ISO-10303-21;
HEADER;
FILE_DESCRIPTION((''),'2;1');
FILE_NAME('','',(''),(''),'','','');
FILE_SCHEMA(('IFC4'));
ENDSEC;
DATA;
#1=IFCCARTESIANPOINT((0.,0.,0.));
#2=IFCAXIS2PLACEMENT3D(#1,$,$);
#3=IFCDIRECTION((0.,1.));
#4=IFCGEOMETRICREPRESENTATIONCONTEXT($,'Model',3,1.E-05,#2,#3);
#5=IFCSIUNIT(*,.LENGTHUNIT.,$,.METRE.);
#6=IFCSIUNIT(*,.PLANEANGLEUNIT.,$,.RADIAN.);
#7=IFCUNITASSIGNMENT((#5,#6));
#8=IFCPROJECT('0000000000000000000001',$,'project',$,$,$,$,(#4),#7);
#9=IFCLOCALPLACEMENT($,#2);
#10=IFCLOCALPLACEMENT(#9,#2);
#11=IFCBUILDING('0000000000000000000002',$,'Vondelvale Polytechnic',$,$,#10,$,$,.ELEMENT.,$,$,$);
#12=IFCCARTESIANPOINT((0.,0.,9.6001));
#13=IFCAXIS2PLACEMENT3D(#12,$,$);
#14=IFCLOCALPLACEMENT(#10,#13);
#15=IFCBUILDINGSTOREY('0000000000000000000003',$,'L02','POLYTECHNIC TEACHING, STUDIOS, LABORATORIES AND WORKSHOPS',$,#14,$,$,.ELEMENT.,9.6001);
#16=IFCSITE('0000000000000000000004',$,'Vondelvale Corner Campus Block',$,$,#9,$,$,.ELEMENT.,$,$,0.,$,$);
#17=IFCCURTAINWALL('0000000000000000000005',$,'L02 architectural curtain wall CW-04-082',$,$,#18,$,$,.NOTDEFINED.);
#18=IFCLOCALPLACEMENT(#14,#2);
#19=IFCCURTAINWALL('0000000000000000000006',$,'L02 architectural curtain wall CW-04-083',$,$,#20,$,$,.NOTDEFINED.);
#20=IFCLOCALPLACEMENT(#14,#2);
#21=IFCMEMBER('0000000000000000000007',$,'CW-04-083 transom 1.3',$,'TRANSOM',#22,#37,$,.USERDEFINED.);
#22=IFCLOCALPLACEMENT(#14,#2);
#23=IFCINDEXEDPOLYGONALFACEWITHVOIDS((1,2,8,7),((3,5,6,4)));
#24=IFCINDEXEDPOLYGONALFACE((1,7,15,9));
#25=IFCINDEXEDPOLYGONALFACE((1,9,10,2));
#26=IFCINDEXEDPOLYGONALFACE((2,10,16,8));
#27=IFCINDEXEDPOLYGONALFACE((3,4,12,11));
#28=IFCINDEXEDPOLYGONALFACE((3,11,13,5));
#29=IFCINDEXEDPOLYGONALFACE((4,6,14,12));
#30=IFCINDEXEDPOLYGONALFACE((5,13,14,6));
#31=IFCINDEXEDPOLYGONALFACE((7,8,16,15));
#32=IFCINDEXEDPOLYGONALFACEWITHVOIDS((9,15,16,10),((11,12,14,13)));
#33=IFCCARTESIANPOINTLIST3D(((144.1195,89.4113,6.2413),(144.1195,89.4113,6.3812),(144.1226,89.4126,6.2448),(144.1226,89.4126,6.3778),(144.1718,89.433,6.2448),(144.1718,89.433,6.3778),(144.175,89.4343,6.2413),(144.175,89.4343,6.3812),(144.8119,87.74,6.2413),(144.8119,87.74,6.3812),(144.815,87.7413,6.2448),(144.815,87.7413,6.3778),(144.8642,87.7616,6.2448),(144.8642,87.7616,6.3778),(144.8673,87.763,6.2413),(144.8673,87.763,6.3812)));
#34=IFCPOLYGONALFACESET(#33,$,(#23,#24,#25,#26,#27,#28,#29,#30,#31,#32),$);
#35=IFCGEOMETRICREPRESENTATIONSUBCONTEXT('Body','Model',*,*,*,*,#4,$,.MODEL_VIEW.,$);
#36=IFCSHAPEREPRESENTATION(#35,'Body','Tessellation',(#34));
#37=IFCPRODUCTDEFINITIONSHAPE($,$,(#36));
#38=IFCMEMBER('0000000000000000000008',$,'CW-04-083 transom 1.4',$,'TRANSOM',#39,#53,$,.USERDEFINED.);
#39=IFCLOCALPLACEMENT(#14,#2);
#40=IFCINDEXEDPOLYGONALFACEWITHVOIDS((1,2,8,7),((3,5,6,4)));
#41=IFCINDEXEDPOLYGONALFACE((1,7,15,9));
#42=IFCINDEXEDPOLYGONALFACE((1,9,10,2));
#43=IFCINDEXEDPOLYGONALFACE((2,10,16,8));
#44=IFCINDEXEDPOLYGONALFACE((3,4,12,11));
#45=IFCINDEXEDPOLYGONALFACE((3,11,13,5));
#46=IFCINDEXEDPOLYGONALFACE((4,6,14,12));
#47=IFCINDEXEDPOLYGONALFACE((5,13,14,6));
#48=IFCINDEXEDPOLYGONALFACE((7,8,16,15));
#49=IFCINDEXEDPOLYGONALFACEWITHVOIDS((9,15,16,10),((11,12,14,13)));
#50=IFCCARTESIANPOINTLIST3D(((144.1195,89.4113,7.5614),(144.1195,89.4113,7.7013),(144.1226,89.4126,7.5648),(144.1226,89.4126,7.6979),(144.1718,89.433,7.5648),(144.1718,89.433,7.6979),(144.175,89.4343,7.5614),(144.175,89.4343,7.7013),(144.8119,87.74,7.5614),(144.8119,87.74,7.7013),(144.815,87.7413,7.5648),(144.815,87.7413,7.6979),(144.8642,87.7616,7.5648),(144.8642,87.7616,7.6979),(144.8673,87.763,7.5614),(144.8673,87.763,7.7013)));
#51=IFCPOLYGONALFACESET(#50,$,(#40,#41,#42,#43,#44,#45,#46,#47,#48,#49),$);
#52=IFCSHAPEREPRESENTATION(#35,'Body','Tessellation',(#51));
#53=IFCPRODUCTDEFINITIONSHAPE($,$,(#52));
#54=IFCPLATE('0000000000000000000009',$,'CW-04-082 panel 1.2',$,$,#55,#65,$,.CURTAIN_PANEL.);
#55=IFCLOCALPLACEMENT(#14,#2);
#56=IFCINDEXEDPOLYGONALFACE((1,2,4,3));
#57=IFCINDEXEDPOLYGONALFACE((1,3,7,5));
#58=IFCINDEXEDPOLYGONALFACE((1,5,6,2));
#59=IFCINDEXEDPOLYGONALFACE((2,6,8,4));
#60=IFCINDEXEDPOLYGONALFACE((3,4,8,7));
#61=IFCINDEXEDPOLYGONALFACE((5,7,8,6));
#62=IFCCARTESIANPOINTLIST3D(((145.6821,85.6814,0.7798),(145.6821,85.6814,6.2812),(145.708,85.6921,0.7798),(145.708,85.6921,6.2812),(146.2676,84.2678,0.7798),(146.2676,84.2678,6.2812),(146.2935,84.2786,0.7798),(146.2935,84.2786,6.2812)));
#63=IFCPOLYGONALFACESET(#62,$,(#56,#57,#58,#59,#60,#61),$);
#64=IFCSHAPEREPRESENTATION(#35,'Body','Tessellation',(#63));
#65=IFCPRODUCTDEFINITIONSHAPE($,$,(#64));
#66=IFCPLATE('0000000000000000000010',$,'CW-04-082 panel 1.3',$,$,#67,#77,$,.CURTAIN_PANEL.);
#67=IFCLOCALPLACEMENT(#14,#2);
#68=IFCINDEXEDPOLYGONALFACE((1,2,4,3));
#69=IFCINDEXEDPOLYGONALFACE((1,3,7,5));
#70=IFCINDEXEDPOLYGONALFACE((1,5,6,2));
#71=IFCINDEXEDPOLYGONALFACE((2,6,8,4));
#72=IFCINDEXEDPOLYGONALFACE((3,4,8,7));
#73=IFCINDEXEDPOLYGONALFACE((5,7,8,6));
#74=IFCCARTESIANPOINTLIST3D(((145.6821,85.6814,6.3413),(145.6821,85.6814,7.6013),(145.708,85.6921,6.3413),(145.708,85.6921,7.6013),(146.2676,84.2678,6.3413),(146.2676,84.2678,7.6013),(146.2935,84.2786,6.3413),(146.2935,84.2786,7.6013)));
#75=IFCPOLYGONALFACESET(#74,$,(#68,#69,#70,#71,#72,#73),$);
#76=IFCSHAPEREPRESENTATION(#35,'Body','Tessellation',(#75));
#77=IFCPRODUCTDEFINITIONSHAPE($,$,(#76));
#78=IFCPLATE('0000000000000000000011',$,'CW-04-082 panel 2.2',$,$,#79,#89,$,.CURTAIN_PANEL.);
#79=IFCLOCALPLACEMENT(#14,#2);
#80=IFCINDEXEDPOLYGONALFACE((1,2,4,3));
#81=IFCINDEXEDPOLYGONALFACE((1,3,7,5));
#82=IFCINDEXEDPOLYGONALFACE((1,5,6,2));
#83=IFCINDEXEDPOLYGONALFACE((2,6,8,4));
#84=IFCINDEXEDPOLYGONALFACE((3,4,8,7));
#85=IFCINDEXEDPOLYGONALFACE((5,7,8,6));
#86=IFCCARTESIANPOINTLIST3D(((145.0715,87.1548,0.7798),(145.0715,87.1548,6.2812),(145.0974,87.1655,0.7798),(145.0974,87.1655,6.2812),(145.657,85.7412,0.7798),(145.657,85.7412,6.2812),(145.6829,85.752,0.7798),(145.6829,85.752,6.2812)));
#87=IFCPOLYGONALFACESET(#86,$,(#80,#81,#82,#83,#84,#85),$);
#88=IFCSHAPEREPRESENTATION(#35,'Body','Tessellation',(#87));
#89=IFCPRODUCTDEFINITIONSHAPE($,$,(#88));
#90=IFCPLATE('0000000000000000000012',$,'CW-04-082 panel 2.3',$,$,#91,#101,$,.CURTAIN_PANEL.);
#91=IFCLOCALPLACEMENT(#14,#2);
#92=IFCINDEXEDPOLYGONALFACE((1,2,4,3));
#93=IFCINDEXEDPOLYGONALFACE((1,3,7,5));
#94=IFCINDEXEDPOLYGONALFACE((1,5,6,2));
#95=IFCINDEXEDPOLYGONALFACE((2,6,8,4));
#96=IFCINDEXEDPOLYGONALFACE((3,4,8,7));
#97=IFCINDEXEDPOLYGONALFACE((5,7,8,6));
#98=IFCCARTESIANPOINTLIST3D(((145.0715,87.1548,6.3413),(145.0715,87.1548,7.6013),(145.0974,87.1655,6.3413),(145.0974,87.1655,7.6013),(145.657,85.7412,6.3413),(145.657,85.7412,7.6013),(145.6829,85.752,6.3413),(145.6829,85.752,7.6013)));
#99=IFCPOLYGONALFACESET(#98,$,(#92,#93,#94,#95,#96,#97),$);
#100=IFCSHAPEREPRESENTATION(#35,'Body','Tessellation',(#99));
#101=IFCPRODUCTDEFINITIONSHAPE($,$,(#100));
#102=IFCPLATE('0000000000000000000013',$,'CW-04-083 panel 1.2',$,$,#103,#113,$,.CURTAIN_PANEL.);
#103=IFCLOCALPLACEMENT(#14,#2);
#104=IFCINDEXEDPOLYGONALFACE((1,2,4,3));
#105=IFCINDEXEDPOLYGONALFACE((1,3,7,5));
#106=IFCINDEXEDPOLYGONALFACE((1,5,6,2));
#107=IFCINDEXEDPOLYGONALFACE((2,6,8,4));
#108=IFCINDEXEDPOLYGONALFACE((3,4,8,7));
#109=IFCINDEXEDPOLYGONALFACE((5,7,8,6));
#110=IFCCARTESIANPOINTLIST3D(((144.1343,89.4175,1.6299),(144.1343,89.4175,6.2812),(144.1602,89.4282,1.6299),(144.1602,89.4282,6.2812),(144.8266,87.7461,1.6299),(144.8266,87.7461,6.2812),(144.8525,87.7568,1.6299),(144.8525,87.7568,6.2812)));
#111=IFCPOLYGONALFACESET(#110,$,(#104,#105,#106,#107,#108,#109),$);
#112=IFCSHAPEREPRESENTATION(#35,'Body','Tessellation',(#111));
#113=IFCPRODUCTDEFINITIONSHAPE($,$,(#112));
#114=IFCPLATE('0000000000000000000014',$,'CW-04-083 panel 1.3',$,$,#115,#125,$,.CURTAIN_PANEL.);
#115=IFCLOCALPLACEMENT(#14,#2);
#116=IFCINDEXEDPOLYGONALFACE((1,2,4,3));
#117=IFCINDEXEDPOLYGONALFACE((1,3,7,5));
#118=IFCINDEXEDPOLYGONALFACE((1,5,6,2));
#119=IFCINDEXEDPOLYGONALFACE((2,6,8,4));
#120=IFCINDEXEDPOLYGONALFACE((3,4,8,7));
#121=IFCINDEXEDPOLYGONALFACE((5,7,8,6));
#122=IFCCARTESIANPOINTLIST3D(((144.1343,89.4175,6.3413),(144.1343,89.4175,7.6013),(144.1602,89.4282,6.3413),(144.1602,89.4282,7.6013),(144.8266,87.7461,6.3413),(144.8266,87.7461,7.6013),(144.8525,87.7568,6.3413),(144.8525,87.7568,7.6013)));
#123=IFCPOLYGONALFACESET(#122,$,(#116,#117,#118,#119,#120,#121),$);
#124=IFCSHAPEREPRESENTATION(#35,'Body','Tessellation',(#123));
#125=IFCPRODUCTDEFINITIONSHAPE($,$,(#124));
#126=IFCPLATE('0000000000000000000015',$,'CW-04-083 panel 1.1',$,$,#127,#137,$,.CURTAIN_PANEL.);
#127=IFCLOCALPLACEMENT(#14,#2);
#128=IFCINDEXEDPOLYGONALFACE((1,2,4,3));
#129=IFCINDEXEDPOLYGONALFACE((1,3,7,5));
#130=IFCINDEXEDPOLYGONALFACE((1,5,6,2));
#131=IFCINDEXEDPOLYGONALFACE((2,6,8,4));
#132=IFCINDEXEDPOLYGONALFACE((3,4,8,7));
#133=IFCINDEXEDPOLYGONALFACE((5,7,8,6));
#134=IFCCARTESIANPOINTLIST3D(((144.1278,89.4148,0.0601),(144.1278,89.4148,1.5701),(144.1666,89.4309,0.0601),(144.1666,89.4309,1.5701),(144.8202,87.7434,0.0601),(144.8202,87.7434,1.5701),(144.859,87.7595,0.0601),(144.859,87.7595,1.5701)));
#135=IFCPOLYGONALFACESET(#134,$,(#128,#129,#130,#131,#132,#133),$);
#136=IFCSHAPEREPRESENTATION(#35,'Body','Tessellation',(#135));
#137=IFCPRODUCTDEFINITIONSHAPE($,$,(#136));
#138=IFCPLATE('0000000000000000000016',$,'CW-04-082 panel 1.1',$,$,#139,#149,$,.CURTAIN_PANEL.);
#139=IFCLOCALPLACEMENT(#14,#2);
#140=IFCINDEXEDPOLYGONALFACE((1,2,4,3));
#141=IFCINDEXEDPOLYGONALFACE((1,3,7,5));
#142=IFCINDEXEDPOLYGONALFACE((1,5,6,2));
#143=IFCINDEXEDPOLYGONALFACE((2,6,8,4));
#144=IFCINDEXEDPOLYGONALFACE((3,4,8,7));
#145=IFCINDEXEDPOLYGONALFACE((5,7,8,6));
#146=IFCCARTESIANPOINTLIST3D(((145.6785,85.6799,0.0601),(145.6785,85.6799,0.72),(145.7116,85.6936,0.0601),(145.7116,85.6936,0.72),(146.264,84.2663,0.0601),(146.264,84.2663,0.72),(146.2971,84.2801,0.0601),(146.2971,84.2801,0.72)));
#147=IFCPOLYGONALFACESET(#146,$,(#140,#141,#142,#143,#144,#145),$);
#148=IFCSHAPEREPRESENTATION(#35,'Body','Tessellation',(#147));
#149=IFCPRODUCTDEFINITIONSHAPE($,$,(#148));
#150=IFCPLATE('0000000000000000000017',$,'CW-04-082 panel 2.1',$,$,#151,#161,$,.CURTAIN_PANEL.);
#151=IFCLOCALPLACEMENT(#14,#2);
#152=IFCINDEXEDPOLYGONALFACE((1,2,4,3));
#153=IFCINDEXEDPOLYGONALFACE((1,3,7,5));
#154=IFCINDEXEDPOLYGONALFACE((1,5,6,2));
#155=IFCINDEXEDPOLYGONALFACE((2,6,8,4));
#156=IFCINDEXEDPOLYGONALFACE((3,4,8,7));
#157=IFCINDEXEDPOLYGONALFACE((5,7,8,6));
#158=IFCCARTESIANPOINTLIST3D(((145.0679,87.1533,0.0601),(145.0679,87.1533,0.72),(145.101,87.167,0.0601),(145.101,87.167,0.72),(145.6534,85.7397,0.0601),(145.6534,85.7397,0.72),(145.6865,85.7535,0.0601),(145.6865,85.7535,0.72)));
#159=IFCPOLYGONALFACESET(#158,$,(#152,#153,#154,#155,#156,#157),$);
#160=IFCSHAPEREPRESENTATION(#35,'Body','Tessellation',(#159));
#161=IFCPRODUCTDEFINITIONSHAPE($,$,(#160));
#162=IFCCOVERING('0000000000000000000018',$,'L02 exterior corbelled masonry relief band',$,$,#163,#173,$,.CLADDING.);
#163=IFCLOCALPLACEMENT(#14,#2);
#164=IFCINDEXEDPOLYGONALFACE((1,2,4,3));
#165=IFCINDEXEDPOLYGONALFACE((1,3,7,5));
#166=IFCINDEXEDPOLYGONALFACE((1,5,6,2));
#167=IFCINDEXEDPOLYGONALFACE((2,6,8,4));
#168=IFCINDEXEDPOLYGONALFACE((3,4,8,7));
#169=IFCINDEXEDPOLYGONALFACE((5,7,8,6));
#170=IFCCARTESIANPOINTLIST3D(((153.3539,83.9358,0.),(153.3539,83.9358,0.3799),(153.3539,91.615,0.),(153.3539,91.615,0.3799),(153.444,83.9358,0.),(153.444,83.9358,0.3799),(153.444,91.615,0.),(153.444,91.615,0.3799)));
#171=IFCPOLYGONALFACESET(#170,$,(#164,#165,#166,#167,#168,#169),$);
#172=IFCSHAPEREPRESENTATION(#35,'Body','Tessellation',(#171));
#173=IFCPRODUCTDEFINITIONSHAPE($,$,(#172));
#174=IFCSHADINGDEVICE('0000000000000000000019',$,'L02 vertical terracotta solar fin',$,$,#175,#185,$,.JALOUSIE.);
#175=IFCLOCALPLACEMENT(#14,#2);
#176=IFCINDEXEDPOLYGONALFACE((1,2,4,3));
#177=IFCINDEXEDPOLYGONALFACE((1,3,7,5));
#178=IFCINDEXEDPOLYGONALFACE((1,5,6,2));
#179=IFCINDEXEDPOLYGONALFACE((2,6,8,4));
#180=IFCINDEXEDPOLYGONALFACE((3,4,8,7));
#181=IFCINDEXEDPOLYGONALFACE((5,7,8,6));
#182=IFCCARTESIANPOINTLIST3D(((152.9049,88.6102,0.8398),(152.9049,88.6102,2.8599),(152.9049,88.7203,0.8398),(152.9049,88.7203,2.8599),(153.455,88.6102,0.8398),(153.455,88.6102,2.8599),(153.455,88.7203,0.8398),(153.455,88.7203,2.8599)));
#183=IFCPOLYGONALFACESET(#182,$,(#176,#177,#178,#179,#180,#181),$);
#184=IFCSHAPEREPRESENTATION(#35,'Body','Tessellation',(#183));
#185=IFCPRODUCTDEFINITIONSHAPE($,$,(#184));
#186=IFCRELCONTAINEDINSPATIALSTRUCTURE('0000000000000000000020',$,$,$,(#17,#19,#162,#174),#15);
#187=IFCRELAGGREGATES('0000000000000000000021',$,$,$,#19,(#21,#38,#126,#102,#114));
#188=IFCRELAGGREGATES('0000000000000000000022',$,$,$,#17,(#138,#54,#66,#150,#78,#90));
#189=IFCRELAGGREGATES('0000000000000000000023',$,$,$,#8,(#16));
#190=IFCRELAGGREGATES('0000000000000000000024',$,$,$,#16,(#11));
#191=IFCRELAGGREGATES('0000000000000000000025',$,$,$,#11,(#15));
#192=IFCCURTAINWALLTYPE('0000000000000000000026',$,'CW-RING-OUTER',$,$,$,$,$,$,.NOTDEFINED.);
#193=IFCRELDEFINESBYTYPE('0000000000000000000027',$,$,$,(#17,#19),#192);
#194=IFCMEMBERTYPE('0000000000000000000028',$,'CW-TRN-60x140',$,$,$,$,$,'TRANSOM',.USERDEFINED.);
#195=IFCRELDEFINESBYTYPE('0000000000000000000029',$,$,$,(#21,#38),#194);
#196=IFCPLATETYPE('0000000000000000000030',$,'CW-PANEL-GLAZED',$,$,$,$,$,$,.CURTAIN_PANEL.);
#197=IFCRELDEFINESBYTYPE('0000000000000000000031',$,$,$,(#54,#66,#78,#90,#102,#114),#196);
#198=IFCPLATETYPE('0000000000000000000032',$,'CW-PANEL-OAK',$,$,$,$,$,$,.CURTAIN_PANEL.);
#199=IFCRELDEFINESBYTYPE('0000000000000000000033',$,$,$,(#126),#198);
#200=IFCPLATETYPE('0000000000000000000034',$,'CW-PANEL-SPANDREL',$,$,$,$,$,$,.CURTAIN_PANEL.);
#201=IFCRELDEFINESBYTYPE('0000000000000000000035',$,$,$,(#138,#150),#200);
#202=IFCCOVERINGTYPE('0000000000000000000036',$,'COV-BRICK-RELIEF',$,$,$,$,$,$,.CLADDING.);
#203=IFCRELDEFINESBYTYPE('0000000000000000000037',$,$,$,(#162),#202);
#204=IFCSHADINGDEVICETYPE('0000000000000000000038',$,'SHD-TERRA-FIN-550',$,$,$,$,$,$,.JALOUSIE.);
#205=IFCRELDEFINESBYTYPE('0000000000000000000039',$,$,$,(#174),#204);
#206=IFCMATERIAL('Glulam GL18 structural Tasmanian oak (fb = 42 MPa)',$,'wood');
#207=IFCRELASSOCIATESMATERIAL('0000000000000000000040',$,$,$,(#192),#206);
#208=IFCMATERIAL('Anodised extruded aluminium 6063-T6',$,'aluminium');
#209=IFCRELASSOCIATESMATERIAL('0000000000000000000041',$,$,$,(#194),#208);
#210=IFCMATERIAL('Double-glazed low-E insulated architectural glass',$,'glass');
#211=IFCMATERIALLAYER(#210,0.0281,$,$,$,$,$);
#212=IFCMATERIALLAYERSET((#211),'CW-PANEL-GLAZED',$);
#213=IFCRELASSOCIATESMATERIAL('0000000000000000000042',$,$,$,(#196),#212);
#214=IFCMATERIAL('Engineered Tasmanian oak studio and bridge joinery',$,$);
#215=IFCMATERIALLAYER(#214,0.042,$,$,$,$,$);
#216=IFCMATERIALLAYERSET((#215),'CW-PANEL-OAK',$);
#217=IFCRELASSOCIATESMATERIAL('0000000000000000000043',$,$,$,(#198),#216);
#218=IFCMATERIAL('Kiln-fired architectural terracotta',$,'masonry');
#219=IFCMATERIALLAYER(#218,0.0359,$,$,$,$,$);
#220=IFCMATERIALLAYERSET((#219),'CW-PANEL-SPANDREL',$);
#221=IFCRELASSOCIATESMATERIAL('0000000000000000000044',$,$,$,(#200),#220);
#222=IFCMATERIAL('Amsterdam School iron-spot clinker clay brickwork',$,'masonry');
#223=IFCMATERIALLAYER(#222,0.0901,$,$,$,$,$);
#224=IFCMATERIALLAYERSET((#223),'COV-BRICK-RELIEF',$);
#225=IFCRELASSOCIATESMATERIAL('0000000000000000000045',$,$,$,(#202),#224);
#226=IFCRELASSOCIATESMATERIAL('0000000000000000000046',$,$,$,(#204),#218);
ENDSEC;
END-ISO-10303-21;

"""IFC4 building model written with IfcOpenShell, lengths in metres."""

from ifc_helpers import new_model, si_unit, direction, frame, origin, origin_2d, place, context, subcontext, project, spatial, rectangle, hollow_rectangle, extrude, material, layer, layer_set, material_profile, profile_set, type_object, element, aggregate, save


model = new_model("IFC4")

# Units and contexts
model_context = context("Model", 3, precision=1e-05, world=origin(), true_north=direction((0.0, 1.0)))
body_context = subcontext(model_context, "Body", "Model", "MODEL_VIEW")
ifc_project = project(units=[si_unit("LENGTHUNIT", "METRE"), si_unit("PLANEANGLEUNIT", "RADIAN")], contexts=[model_context])

# Site, building, storey
site_placement = place(None, origin())
site = spatial("IfcSite", under=ifc_project, at=site_placement, Name="Vondelvale Corner Campus Block", CompositionType="ELEMENT", RefElevation=0.0)
building_placement = place(site_placement, origin())
building = spatial("IfcBuilding", under=site, at=building_placement, Name="Vondelvale Polytechnic", CompositionType="ELEMENT")
storey_placement = place(building_placement, frame((0.0, 0.0, 9.6001)))
storey = spatial("IfcBuildingStorey", under=building, at=storey_placement, Name="L02", Description="POLYTECHNIC TEACHING, STUDIOS, LABORATORIES AND WORKSHOPS", CompositionType="ELEMENT", Elevation=9.6001)

# Shared definitions
ifc_material_1 = material(Name="Glulam GL18 structural Tasmanian oak (fb = 42 MPa)", Category="wood")

# Curtain wall
curtain_wall_type = type_object("IfcCurtainWallType", Name="CW-RING-OUTER", PredefinedType="NOTDEFINED", material=ifc_material_1)
curtain_wall_1_placement = place(storey_placement, origin())
curtain_wall_1 = element("IfcCurtainWall", 1, at=curtain_wall_1_placement, inside=storey, type_object=curtain_wall_type, Name="L02 architectural curtain wall CW-04-082", PredefinedType="NOTDEFINED")
ifc_material_2 = material(Name="Anodised extruded aluminium 6063-T6", Category="aluminium")

# Curtain wall
curtain_wall_2_placement = place(storey_placement, origin())
curtain_wall_2 = element("IfcCurtainWall", 2, at=curtain_wall_2_placement, inside=storey, type_object=curtain_wall_type, Name="L02 architectural curtain wall CW-04-083", PredefinedType="NOTDEFINED")

# Members
ifc_material_profile_1 = material_profile(ifc_material_2, hollow_rectangle(XDim=0.0601, YDim=0.1399, WallThickness=0.0034, at=origin_2d()), Name="CW-TRN-140x60")
ifc_profile_set_1 = profile_set([ifc_material_profile_1], Name="Anodised extruded aluminium 6063-T6")
member_type_1 = type_object("IfcMemberType", Name="CW-TRN-60x140", ElementType="TRANSOM", PredefinedType="USERDEFINED", material=ifc_profile_set_1)
member_1_placement = place(storey_placement, frame((144.8396, 87.7515, 6.3113), z_axis=(-0.382717, 0.923866, 0.0), x_axis=(-0.923866, -0.382717, 0.0)))
member_1 = element("IfcMember", 3, at=member_1_placement, type_object=member_type_1, Name="CW-04-083 transom 1.3", ObjectType="TRANSOM", PredefinedType="USERDEFINED", context=body_context, shape_type="SweptSolid", body=[
    extrude(hollow_rectangle(XDim=0.0601, YDim=0.1399, WallThickness=0.0034, at=origin_2d()), origin(), (0.0, 0.0, 1.0), 1.8091),
])
member_2_placement = place(storey_placement, frame((144.8396, 87.7515, 7.6313), z_axis=(-0.382717, 0.923866, 0.0), x_axis=(-0.923866, -0.382717, 0.0)))
member_2 = element("IfcMember", 4, at=member_2_placement, type_object=member_type_1, Name="CW-04-083 transom 1.4", ObjectType="TRANSOM", PredefinedType="USERDEFINED", context=body_context, shape_type="SweptSolid", body=[
    extrude(hollow_rectangle(XDim=0.0601, YDim=0.1399, WallThickness=0.0034, at=origin_2d()), origin(), (0.0, 0.0, 1.0), 1.8091),
])

# Plates
ifc_material_3 = material(Name="Double-glazed low-E insulated architectural glass", Category="glass")
ifc_layer_1 = layer(ifc_material_3, 0.0281)
ifc_layer_set_1 = layer_set([ifc_layer_1], Name="CW-PANEL-GLAZED")
plate_type_1 = type_object("IfcPlateType", Name="CW-PANEL-GLAZED", PredefinedType="CURTAIN_PANEL", material=ifc_layer_set_1)
plate_1_placement = place(storey_placement, frame((145.9878, 84.98, 0.7798), z_axis=(0.0, 0.0, 1.0), x_axis=(-0.382677, 0.923882, 0.0)))
plate_1 = element("IfcPlate", 5, at=plate_1_placement, type_object=plate_type_1, Name="CW-04-082 panel 1.2", PredefinedType="CURTAIN_PANEL", context=body_context, shape_type="SweptSolid", body=[
    extrude(rectangle(XDim=1.53, YDim=0.0281, at=origin_2d()), origin(), (0.0, 0.0, 1.0), 5.5015),
])
plate_2_placement = place(storey_placement, frame((145.9878, 84.98, 6.3413), z_axis=(0.0, 0.0, 1.0), x_axis=(-0.382677, 0.923882, 0.0)))
plate_2 = element("IfcPlate", 6, at=plate_2_placement, type_object=plate_type_1, Name="CW-04-082 panel 1.3", PredefinedType="CURTAIN_PANEL", context=body_context, shape_type="SweptSolid", body=[
    extrude(rectangle(XDim=1.53, YDim=0.0281, at=origin_2d()), origin(), (0.0, 0.0, 1.0), 1.26),
])
plate_3_placement = place(storey_placement, frame((145.3772, 86.4534, 0.7798), z_axis=(0.0, 0.0, 1.0), x_axis=(-0.382677, 0.923882, 0.0)))
plate_3 = element("IfcPlate", 7, at=plate_3_placement, type_object=plate_type_1, Name="CW-04-082 panel 2.2", PredefinedType="CURTAIN_PANEL", context=body_context, shape_type="SweptSolid", body=[
    extrude(rectangle(XDim=1.53, YDim=0.0281, at=origin_2d()), origin(), (0.0, 0.0, 1.0), 5.5015),
])
plate_4_placement = place(storey_placement, frame((145.3772, 86.4534, 6.3413), z_axis=(0.0, 0.0, 1.0), x_axis=(-0.382677, 0.923882, 0.0)))
plate_4 = element("IfcPlate", 8, at=plate_4_placement, type_object=plate_type_1, Name="CW-04-082 panel 2.3", PredefinedType="CURTAIN_PANEL", context=body_context, shape_type="SweptSolid", body=[
    extrude(rectangle(XDim=1.53, YDim=0.0281, at=origin_2d()), origin(), (0.0, 0.0, 1.0), 1.26),
])
plate_5_placement = place(storey_placement, frame((144.4934, 88.5872, 1.6299), z_axis=(0.0, 0.0, 1.0), x_axis=(-0.382695, 0.923875, 0.0)))
plate_5 = element("IfcPlate", 9, at=plate_5_placement, type_object=plate_type_1, Name="CW-04-083 panel 1.2", PredefinedType="CURTAIN_PANEL", context=body_context, shape_type="SweptSolid", body=[
    extrude(rectangle(XDim=1.8091, YDim=0.0281, at=origin_2d()), origin(), (0.0, 0.0, 1.0), 4.6514),
])
plate_6_placement = place(storey_placement, frame((144.4934, 88.5872, 6.3413), z_axis=(0.0, 0.0, 1.0), x_axis=(-0.382695, 0.923875, 0.0)))
plate_6 = element("IfcPlate", 10, at=plate_6_placement, type_object=plate_type_1, Name="CW-04-083 panel 1.3", PredefinedType="CURTAIN_PANEL", context=body_context, shape_type="SweptSolid", body=[
    extrude(rectangle(XDim=1.8091, YDim=0.0281, at=origin_2d()), origin(), (0.0, 0.0, 1.0), 1.26),
])
ifc_material_4 = material(Name="Engineered Tasmanian oak studio and bridge joinery")
ifc_layer_2 = layer(ifc_material_4, 0.042)
ifc_layer_set_2 = layer_set([ifc_layer_2], Name="CW-PANEL-OAK")
plate_type_2 = type_object("IfcPlateType", Name="CW-PANEL-OAK", PredefinedType="CURTAIN_PANEL", material=ifc_layer_set_2)
plate_7_placement = place(storey_placement, frame((144.4934, 88.5872, 0.0601), z_axis=(0.0, 0.0, 1.0), x_axis=(-0.382695, 0.923875, 0.0)))
plate_7 = element("IfcPlate", 11, at=plate_7_placement, type_object=plate_type_2, Name="CW-04-083 panel 1.1", PredefinedType="CURTAIN_PANEL", context=body_context, shape_type="SweptSolid", body=[
    extrude(rectangle(XDim=1.8091, YDim=0.042, at=origin_2d()), origin(), (0.0, 0.0, 1.0), 1.51),
])
aggregate(curtain_wall_2, [member_1, member_2, plate_7, plate_5, plate_6])
ifc_material_5 = material(Name="Kiln-fired architectural terracotta", Category="masonry")
ifc_layer_3 = layer(ifc_material_5, 0.0359)
ifc_layer_set_3 = layer_set([ifc_layer_3], Name="CW-PANEL-SPANDREL")
plate_type_3 = type_object("IfcPlateType", Name="CW-PANEL-SPANDREL", PredefinedType="CURTAIN_PANEL", material=ifc_layer_set_3)
plate_8_placement = place(storey_placement, frame((145.9878, 84.98, 0.0601), z_axis=(0.0, 0.0, 1.0), x_axis=(-0.382677, 0.923882, 0.0)))
plate_8 = element("IfcPlate", 12, at=plate_8_placement, type_object=plate_type_3, Name="CW-04-082 panel 1.1", PredefinedType="CURTAIN_PANEL", context=body_context, shape_type="SweptSolid", body=[
    extrude(rectangle(XDim=1.53, YDim=0.0359, at=origin_2d()), origin(), (0.0, 0.0, 1.0), 0.6599),
])
plate_9_placement = place(storey_placement, frame((145.3772, 86.4534, 0.0601), z_axis=(0.0, 0.0, 1.0), x_axis=(-0.382677, 0.923882, 0.0)))
plate_9 = element("IfcPlate", 13, at=plate_9_placement, type_object=plate_type_3, Name="CW-04-082 panel 2.1", PredefinedType="CURTAIN_PANEL", context=body_context, shape_type="SweptSolid", body=[
    extrude(rectangle(XDim=1.53, YDim=0.0359, at=origin_2d()), origin(), (0.0, 0.0, 1.0), 0.6599),
])
aggregate(curtain_wall_1, [plate_8, plate_1, plate_2, plate_9, plate_3, plate_4])

# Covering
ifc_material_6 = material(Name="Amsterdam School iron-spot clinker clay brickwork", Category="masonry")
ifc_layer_4 = layer(ifc_material_6, 0.0901)
ifc_layer_set_4 = layer_set([ifc_layer_4], Name="COV-BRICK-RELIEF")
covering_type = type_object("IfcCoveringType", Name="COV-BRICK-RELIEF", PredefinedType="CLADDING", material=ifc_layer_set_4)
covering_placement = place(storey_placement, frame((153.3989, 87.7754, 0.0), z_axis=(0.0, 0.0, 1.0), x_axis=(0.0, 1.0, 0.0)))
element("IfcCovering", 14, at=covering_placement, inside=storey, type_object=covering_type, Name="L02 exterior corbelled masonry relief band", PredefinedType="CLADDING", context=body_context, shape_type="SweptSolid", body=[
    extrude(rectangle(XDim=7.6792, YDim=0.0901, at=origin_2d()), origin(), (0.0, 0.0, 1.0), 0.3799),
])

# Shading device
shading_device_type = type_object("IfcShadingDeviceType", Name="SHD-TERRA-FIN-550", PredefinedType="JALOUSIE", material=ifc_material_5)
shading_device_placement = place(storey_placement, frame((153.1799, 88.6653, 0.8398), z_axis=(0.0, 0.0, 1.0), x_axis=(0.0, 1.0, 0.0)))
element("IfcShadingDevice", 15, at=shading_device_placement, inside=storey, type_object=shading_device_type, Name="L02 vertical terracotta solar fin", PredefinedType="JALOUSIE", context=body_context, shape_type="SweptSolid", body=[
    extrude(rectangle(XDim=0.1101, YDim=0.55, at=origin_2d()), origin(), (0.0, 0.0, 1.0), 2.02),
])

save(model, "model.ifc")
